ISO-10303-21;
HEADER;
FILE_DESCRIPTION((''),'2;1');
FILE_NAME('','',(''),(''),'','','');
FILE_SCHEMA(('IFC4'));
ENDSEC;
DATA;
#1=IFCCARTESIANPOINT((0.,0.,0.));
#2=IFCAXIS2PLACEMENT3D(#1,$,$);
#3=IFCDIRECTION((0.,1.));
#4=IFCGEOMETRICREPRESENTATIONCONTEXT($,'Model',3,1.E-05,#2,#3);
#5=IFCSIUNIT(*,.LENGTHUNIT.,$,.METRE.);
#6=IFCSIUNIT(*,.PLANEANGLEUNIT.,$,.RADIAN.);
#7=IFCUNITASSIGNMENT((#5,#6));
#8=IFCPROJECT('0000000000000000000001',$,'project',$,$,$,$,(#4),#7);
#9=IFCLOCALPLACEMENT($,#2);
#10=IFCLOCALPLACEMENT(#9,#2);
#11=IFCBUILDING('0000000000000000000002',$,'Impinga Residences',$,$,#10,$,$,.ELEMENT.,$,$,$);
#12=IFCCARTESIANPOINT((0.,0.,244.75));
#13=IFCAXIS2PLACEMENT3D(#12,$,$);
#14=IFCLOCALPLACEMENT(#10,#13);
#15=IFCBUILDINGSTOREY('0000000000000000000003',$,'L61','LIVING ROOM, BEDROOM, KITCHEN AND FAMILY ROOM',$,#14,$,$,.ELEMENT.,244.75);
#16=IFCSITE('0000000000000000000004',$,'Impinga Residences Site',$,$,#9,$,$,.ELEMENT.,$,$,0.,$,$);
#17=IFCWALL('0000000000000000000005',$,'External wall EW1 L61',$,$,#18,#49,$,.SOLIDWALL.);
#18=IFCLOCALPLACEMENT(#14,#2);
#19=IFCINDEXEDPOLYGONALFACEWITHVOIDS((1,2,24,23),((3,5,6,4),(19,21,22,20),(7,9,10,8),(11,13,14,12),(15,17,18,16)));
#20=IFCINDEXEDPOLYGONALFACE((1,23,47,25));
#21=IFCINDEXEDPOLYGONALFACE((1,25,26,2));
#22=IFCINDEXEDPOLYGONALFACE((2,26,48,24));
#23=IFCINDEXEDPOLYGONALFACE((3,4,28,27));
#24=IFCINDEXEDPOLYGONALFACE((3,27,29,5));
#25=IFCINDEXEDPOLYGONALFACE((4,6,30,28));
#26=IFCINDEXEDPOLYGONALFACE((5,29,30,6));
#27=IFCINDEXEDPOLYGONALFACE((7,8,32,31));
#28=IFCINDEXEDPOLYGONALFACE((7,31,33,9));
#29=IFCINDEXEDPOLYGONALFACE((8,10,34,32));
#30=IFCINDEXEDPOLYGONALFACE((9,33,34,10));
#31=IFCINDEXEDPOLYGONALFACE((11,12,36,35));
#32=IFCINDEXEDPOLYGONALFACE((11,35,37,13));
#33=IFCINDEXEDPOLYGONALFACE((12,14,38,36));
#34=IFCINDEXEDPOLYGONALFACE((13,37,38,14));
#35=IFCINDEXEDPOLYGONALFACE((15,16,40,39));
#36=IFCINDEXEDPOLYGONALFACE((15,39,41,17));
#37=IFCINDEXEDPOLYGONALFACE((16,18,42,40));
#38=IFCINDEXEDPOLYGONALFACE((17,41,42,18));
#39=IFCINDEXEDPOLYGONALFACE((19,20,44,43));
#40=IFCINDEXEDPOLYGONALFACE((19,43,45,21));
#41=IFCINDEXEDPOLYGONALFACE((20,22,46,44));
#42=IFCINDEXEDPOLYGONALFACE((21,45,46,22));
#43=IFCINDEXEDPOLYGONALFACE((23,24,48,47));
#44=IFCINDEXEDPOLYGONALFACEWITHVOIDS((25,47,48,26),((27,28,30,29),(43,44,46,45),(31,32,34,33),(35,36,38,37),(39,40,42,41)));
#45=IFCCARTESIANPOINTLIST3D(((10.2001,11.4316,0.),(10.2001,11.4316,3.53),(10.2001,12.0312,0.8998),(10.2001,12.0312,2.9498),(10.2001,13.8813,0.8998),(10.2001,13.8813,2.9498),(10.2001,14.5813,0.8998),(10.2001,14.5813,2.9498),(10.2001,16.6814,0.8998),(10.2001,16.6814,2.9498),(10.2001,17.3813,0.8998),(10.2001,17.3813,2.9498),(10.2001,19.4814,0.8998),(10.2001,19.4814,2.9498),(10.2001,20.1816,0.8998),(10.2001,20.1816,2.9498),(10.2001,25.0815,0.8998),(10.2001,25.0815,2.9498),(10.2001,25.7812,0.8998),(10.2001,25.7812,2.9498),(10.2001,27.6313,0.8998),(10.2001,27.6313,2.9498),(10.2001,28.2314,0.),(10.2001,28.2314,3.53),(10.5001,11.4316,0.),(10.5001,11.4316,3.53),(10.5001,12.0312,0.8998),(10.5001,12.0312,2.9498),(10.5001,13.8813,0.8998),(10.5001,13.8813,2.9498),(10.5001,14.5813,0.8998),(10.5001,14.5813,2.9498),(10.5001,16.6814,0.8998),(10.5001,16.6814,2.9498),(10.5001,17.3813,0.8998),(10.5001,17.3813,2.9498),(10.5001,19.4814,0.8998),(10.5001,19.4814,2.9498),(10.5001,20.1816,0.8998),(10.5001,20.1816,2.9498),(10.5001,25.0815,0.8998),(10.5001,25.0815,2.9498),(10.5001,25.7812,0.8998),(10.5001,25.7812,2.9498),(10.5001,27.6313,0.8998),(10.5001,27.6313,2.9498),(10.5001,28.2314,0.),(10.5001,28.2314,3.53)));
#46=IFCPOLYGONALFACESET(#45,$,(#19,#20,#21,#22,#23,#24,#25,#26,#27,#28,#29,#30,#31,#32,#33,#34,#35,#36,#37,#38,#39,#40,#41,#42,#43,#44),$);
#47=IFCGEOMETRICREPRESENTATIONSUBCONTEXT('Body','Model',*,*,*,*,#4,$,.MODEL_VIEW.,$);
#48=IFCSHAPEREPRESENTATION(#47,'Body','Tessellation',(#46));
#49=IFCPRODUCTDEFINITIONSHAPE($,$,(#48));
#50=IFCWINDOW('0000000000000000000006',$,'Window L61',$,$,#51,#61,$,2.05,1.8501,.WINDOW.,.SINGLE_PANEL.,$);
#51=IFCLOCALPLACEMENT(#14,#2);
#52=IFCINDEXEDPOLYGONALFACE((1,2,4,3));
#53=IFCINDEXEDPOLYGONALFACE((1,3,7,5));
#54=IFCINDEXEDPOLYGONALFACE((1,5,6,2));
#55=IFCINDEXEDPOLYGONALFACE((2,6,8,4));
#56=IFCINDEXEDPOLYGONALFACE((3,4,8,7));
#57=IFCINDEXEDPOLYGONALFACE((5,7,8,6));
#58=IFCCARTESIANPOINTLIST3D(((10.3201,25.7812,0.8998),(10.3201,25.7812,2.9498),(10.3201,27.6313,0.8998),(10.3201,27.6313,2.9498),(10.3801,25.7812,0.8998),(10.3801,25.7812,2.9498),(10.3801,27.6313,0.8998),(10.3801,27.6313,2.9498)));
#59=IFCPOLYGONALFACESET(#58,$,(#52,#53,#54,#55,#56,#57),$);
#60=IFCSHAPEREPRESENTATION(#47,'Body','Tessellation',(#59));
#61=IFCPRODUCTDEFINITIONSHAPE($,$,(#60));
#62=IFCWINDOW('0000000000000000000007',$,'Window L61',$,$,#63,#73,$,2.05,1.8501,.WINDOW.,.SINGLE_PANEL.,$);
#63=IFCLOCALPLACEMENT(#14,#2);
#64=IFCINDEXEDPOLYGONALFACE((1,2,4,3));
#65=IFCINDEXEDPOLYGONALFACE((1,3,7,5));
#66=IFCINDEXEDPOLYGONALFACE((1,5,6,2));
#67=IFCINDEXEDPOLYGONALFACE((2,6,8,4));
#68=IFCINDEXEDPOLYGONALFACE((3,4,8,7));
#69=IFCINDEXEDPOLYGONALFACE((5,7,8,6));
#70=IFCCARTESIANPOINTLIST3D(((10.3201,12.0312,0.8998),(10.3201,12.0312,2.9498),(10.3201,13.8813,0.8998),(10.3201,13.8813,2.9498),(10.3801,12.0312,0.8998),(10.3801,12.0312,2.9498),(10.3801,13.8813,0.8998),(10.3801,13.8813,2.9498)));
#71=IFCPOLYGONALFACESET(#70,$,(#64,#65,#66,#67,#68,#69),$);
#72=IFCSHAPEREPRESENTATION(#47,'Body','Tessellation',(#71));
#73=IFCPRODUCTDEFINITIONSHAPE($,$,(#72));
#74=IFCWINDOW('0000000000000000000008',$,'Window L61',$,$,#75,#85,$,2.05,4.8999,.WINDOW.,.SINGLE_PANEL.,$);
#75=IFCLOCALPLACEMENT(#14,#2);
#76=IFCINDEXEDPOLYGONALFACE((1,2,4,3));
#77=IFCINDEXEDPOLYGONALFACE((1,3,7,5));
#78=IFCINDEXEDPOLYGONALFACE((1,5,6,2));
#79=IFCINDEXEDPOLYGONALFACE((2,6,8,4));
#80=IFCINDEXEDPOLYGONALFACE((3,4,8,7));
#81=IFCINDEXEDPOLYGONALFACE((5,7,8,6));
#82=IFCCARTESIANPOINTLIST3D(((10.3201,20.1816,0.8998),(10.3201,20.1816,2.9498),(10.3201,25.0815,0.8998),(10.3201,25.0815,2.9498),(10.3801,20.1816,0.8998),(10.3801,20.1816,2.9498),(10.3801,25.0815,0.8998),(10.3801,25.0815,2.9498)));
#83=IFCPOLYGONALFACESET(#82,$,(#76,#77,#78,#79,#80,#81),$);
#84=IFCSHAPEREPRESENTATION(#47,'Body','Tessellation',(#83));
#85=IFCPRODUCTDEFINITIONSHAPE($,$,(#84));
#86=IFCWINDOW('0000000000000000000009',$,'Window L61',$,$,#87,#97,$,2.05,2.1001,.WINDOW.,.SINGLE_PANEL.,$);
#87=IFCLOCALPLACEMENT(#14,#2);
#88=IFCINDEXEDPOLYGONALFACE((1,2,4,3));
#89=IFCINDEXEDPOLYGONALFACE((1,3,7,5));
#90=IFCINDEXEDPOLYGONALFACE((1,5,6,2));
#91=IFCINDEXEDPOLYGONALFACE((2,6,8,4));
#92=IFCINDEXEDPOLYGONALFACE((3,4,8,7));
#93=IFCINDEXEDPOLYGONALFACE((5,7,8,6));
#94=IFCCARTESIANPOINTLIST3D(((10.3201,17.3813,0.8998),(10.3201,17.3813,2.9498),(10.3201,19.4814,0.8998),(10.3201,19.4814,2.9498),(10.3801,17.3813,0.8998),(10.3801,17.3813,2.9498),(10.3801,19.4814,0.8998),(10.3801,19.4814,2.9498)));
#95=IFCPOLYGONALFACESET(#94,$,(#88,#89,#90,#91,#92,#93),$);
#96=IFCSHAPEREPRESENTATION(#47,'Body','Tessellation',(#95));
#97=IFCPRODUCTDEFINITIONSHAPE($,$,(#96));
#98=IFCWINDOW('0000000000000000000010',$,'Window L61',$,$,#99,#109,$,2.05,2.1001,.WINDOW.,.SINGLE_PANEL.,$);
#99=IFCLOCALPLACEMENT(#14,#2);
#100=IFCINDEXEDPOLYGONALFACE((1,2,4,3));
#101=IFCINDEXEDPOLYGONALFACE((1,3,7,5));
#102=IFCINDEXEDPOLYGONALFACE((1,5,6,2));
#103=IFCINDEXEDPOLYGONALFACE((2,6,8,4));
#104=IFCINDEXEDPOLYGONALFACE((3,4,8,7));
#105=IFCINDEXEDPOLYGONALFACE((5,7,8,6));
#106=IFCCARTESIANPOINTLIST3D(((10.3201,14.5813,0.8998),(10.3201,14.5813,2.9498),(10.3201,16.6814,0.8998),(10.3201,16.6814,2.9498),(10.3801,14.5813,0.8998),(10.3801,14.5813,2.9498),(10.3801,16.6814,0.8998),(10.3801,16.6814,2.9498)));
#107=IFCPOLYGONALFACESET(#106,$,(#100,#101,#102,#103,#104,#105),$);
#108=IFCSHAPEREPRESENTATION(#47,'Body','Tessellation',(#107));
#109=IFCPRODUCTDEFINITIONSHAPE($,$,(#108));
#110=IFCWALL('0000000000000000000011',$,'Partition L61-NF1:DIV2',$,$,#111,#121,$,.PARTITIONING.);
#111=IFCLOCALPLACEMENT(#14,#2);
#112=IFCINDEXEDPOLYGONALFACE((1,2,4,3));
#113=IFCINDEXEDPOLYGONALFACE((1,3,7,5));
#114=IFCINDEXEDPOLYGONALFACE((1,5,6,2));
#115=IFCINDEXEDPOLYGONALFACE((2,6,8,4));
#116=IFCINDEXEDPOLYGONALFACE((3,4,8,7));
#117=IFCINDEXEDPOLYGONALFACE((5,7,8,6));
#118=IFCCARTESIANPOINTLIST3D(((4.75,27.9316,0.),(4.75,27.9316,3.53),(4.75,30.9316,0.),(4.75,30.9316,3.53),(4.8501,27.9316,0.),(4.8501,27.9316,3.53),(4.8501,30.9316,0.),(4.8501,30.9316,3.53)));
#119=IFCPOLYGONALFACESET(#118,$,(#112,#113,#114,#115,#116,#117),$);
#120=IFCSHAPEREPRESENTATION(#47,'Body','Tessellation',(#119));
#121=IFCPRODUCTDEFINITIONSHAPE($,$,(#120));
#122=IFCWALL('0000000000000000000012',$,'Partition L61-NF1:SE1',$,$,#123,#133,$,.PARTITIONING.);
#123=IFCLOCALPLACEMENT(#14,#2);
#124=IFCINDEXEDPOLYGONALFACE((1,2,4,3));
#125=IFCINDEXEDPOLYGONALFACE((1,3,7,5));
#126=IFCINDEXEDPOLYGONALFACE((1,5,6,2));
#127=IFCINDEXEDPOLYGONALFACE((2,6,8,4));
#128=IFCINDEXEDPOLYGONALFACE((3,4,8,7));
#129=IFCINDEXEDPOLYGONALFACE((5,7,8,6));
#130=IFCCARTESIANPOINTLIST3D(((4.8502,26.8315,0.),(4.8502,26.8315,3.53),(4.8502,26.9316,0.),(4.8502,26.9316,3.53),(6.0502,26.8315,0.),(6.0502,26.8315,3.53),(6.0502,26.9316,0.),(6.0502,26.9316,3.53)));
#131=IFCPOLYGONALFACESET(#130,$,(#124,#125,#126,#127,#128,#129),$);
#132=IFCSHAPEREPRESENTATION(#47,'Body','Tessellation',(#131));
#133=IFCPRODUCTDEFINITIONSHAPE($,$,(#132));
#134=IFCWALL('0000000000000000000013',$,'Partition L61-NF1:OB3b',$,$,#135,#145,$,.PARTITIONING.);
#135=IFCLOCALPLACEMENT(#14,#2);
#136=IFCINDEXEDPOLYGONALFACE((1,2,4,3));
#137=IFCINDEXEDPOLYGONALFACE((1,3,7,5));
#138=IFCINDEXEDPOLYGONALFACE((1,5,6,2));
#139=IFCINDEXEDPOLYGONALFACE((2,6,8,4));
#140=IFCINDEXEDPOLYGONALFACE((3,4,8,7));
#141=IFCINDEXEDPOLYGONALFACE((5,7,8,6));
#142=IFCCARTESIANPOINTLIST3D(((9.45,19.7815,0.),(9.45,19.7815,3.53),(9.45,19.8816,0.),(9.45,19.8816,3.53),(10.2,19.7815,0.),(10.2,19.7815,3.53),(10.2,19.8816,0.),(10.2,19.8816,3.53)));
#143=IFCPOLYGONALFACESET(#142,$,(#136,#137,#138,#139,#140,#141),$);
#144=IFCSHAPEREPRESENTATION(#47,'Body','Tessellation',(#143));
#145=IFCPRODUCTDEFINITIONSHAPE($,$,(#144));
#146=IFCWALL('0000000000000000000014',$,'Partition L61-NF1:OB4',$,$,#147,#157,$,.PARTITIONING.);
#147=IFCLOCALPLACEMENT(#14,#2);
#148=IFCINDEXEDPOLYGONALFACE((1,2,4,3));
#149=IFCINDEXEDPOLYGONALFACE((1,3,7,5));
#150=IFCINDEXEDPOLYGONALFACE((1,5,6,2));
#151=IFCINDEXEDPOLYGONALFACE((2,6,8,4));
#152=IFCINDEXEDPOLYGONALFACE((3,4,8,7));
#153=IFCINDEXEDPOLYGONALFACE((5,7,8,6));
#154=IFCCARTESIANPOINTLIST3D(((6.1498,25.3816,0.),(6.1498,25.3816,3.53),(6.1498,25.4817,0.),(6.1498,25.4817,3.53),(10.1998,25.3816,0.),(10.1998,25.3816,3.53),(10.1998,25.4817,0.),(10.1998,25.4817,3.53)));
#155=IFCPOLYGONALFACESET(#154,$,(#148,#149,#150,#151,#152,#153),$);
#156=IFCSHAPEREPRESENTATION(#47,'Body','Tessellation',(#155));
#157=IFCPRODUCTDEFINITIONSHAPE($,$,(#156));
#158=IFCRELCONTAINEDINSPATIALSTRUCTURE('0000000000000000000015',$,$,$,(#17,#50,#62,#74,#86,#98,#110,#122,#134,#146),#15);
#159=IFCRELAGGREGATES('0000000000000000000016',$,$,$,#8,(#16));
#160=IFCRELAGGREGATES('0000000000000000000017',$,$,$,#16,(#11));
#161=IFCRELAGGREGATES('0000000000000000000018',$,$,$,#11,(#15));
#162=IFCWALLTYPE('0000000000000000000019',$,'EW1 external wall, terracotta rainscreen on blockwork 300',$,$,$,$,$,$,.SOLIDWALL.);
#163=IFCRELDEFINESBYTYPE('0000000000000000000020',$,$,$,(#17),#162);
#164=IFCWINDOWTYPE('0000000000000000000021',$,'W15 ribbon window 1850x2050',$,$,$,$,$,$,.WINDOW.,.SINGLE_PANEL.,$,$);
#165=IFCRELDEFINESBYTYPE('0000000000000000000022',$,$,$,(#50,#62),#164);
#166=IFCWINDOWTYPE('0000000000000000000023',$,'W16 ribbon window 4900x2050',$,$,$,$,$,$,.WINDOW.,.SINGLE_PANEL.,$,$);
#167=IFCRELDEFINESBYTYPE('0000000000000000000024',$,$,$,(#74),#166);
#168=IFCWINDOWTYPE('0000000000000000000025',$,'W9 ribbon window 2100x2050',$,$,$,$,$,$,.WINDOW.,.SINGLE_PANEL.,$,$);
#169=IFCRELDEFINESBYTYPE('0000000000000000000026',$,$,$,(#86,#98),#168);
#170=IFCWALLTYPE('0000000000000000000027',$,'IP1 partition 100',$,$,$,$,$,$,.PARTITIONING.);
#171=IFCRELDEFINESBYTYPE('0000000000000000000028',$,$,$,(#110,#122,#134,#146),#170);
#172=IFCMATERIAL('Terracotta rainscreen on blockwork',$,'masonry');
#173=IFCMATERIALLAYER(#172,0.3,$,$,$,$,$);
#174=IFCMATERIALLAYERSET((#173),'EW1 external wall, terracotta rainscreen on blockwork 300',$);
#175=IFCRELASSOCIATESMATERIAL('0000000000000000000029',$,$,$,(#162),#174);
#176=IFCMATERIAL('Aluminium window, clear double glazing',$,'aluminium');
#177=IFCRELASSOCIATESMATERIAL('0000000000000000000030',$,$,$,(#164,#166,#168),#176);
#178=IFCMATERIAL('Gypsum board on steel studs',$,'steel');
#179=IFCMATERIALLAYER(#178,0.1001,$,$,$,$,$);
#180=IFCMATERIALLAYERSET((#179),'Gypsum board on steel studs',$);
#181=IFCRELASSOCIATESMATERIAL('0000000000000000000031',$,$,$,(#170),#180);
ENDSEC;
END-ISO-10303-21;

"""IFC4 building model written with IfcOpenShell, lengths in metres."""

from ifc_helpers import new_model, si_unit, direction, frame, frame_2d, origin, place, context, subcontext, project, spatial, rectangle, extrude, material, layer, layer_set, type_object, element, fill, save


model = new_model("IFC4")

# Units and contexts
model_context = context("Model", 3, precision=1e-05, world=origin(), true_north=direction((0.0, 1.0)))
body_context = subcontext(model_context, "Body", "Model", "MODEL_VIEW")
ifc_project = project(units=[si_unit("LENGTHUNIT", "METRE"), si_unit("PLANEANGLEUNIT", "RADIAN")], contexts=[model_context])

# Site, building, storey
site_placement = place(None, origin())
site = spatial("IfcSite", under=ifc_project, at=site_placement, Name="Impinga Residences Site", CompositionType="ELEMENT", RefElevation=0.0)
building_placement = place(site_placement, origin())
building = spatial("IfcBuilding", under=site, at=building_placement, Name="Impinga Residences", CompositionType="ELEMENT")
storey_placement = place(building_placement, frame((0.0, 0.0, 244.75)))
storey = spatial("IfcBuildingStorey", under=building, at=storey_placement, Name="L61", Description="LIVING ROOM, BEDROOM, KITCHEN AND FAMILY ROOM", CompositionType="ELEMENT", Elevation=244.75)

# Shared definitions
ifc_material_1 = material(Name="Terracotta rainscreen on blockwork", Category="masonry")
ifc_layer_1 = layer(ifc_material_1, 0.3)
ifc_layer_set_1 = layer_set([ifc_layer_1], Name="EW1 external wall, terracotta rainscreen on blockwork 300")
wall_type_1 = type_object("IfcWallType", Name="EW1 external wall, terracotta rainscreen on blockwork 300", PredefinedType="SOLIDWALL", material=ifc_layer_set_1)

# Wall, openings, windows
wall_1_placement = place(storey_placement, frame((10.3501, 28.2314, 0.0), z_axis=(0.0, 0.0, 1.0), x_axis=(0.0, -1.0, 0.0)))
wall_1 = element("IfcWall", 1, at=wall_1_placement, inside=storey, type_object=wall_type_1, Name="External wall EW1 L61", PredefinedType="SOLIDWALL", context=body_context, shape_type="SweptSolid", body=[
    extrude(rectangle(XDim=16.7998, YDim=0.3, at=frame_2d((8.3999, 0.0))), origin(), (0.0, 0.0, 1.0), 3.53),
])
opening_1_placement = place(wall_1_placement, frame((0.6001, 0.0, 0.8999)))
opening_1 = element("IfcOpeningElement", 2, at=opening_1_placement, cuts=wall_1, PredefinedType="OPENING", context=body_context, shape_type="SweptSolid", body=[
    extrude(rectangle(XDim=1.8501, YDim=2.05, at=frame_2d((0.925, 1.0249))), frame((0.0, 0.1599, 0.0), z_axis=(0.0, -1.0, 0.0), x_axis=(1.0, 0.0, 0.0)), (0.0, 0.0, 1.0), 0.3201),
])
opening_2_placement = place(wall_1_placement, frame((3.1499, 0.0, 0.8999)))
opening_2 = element("IfcOpeningElement", 3, at=opening_2_placement, cuts=wall_1, PredefinedType="OPENING", context=body_context, shape_type="SweptSolid", body=[
    extrude(rectangle(XDim=4.8999, YDim=2.05, at=frame_2d((2.45, 1.0249))), frame((0.0, 0.1599, 0.0), z_axis=(0.0, -1.0, 0.0), x_axis=(1.0, 0.0, 0.0)), (0.0, 0.0, 1.0), 0.3201),
])
opening_3_placement = place(wall_1_placement, frame((8.75, 0.0, 0.8999)))
opening_3 = element("IfcOpeningElement", 4, at=opening_3_placement, cuts=wall_1, PredefinedType="OPENING", context=body_context, shape_type="SweptSolid", body=[
    extrude(rectangle(XDim=2.1001, YDim=2.05, at=frame_2d((1.05, 1.0249))), frame((0.0, 0.1599, 0.0), z_axis=(0.0, -1.0, 0.0), x_axis=(1.0, 0.0, 0.0)), (0.0, 0.0, 1.0), 0.3201),
])
opening_4_placement = place(wall_1_placement, frame((11.55, 0.0, 0.8999)))
opening_4 = element("IfcOpeningElement", 5, at=opening_4_placement, cuts=wall_1, PredefinedType="OPENING", context=body_context, shape_type="SweptSolid", body=[
    extrude(rectangle(XDim=2.1001, YDim=2.05, at=frame_2d((1.05, 1.0249))), frame((0.0, 0.1599, 0.0), z_axis=(0.0, -1.0, 0.0), x_axis=(1.0, 0.0, 0.0)), (0.0, 0.0, 1.0), 0.3201),
])
opening_5_placement = place(wall_1_placement, frame((14.3501, 0.0, 0.8999)))
opening_5 = element("IfcOpeningElement", 6, at=opening_5_placement, cuts=wall_1, PredefinedType="OPENING", context=body_context, shape_type="SweptSolid", body=[
    extrude(rectangle(XDim=1.8501, YDim=2.05, at=frame_2d((0.925, 1.0249))), frame((0.0, 0.1599, 0.0), z_axis=(0.0, -1.0, 0.0), x_axis=(1.0, 0.0, 0.0)), (0.0, 0.0, 1.0), 0.3201),
])
ifc_material_2 = material(Name="Aluminium window, clear double glazing", Category="aluminium")
window_type_1 = type_object("IfcWindowType", Name="W15 ribbon window 1850x2050", PartitioningType="SINGLE_PANEL", PredefinedType="WINDOW", material=ifc_material_2)
window_1_placement = place(opening_1_placement, origin())
window_1 = element("IfcWindow", 7, at=window_1_placement, inside=storey, type_object=window_type_1, Name="Window L61", OverallHeight=2.05, OverallWidth=1.8501, PartitioningType="SINGLE_PANEL", PredefinedType="WINDOW", context=body_context, shape_type="SweptSolid", body=[
    extrude(rectangle(XDim=1.8501, YDim=2.05, at=frame_2d((0.925, 1.0249))), frame((0.0, 0.03, 0.0), z_axis=(0.0, -1.0, 0.0), x_axis=(1.0, 0.0, 0.0)), (0.0, 0.0, 1.0), 0.0601),
])
fill(opening_1, window_1)
window_2_placement = place(opening_5_placement, origin())
window_2 = element("IfcWindow", 8, at=window_2_placement, inside=storey, type_object=window_type_1, Name="Window L61", OverallHeight=2.05, OverallWidth=1.8501, PartitioningType="SINGLE_PANEL", PredefinedType="WINDOW", context=body_context, shape_type="SweptSolid", body=[
    extrude(rectangle(XDim=1.8501, YDim=2.05, at=frame_2d((0.925, 1.0249))), frame((0.0, 0.03, 0.0), z_axis=(0.0, -1.0, 0.0), x_axis=(1.0, 0.0, 0.0)), (0.0, 0.0, 1.0), 0.0601),
])
fill(opening_5, window_2)
window_type_2 = type_object("IfcWindowType", Name="W16 ribbon window 4900x2050", PartitioningType="SINGLE_PANEL", PredefinedType="WINDOW", material=ifc_material_2)
window_3_placement = place(opening_2_placement, origin())
window_3 = element("IfcWindow", 9, at=window_3_placement, inside=storey, type_object=window_type_2, Name="Window L61", OverallHeight=2.05, OverallWidth=4.8999, PartitioningType="SINGLE_PANEL", PredefinedType="WINDOW", context=body_context, shape_type="SweptSolid", body=[
    extrude(rectangle(XDim=4.8999, YDim=2.05, at=frame_2d((2.45, 1.0249))), frame((0.0, 0.03, 0.0), z_axis=(0.0, -1.0, 0.0), x_axis=(1.0, 0.0, 0.0)), (0.0, 0.0, 1.0), 0.0601),
])
fill(opening_2, window_3)
window_type_3 = type_object("IfcWindowType", Name="W9 ribbon window 2100x2050", PartitioningType="SINGLE_PANEL", PredefinedType="WINDOW", material=ifc_material_2)
window_4_placement = place(opening_3_placement, origin())
window_4 = element("IfcWindow", 10, at=window_4_placement, inside=storey, type_object=window_type_3, Name="Window L61", OverallHeight=2.05, OverallWidth=2.1001, PartitioningType="SINGLE_PANEL", PredefinedType="WINDOW", context=body_context, shape_type="SweptSolid", body=[
    extrude(rectangle(XDim=2.1001, YDim=2.05, at=frame_2d((1.05, 1.0249))), frame((0.0, 0.03, 0.0), z_axis=(0.0, -1.0, 0.0), x_axis=(1.0, 0.0, 0.0)), (0.0, 0.0, 1.0), 0.0601),
])
fill(opening_3, window_4)
window_5_placement = place(opening_4_placement, origin())
window_5 = element("IfcWindow", 11, at=window_5_placement, inside=storey, type_object=window_type_3, Name="Window L61", OverallHeight=2.05, OverallWidth=2.1001, PartitioningType="SINGLE_PANEL", PredefinedType="WINDOW", context=body_context, shape_type="SweptSolid", body=[
    extrude(rectangle(XDim=2.1001, YDim=2.05, at=frame_2d((1.05, 1.0249))), frame((0.0, 0.03, 0.0), z_axis=(0.0, -1.0, 0.0), x_axis=(1.0, 0.0, 0.0)), (0.0, 0.0, 1.0), 0.0601),
])
fill(opening_4, window_5)

# Walls
ifc_material_3 = material(Name="Gypsum board on steel studs", Category="steel")
ifc_layer_2 = layer(ifc_material_3, 0.1001)
ifc_layer_set_2 = layer_set([ifc_layer_2], Name="Gypsum board on steel studs")
wall_type_2 = type_object("IfcWallType", Name="IP1 partition 100", PredefinedType="PARTITIONING", material=ifc_layer_set_2)
wall_2_placement = place(storey_placement, frame((4.8, 27.9316, 0.0), z_axis=(0.0, 0.0, 1.0), x_axis=(0.0, 1.0, 0.0)))
element("IfcWall", 12, at=wall_2_placement, inside=storey, type_object=wall_type_2, Name="Partition L61-NF1:DIV2", PredefinedType="PARTITIONING", context=body_context, shape_type="SweptSolid", body=[
    extrude(rectangle(XDim=3.0, YDim=0.1001, at=frame_2d((1.5, 0.0))), origin(), (0.0, 0.0, 1.0), 3.53),
])
wall_3_placement = place(storey_placement, frame((4.8501, 26.8816, 0.0), z_axis=(0.0, 0.0, 1.0), x_axis=(1.0, 0.0, 0.0)))
element("IfcWall", 13, at=wall_3_placement, inside=storey, type_object=wall_type_2, Name="Partition L61-NF1:SE1", PredefinedType="PARTITIONING", context=body_context, shape_type="SweptSolid", body=[
    extrude(rectangle(XDim=1.2, YDim=0.1001, at=frame_2d((0.6001, 0.0))), origin(), (0.0, 0.0, 1.0), 3.53),
])
wall_4_placement = place(storey_placement, frame((9.45, 19.8315, 0.0), z_axis=(0.0, 0.0, 1.0), x_axis=(1.0, 0.0, 0.0)))
element("IfcWall", 14, at=wall_4_placement, inside=storey, type_object=wall_type_2, Name="Partition L61-NF1:OB3b", PredefinedType="PARTITIONING", context=body_context, shape_type="SweptSolid", body=[
    extrude(rectangle(XDim=0.75, YDim=0.1001, at=frame_2d((0.375, 0.0))), origin(), (0.0, 0.0, 1.0), 3.53),
])
wall_5_placement = place(storey_placement, frame((6.1499, 25.4316, 0.0), z_axis=(0.0, 0.0, 1.0), x_axis=(1.0, 0.0, 0.0)))
element("IfcWall", 15, at=wall_5_placement, inside=storey, type_object=wall_type_2, Name="Partition L61-NF1:OB4", PredefinedType="PARTITIONING", context=body_context, shape_type="SweptSolid", body=[
    extrude(rectangle(XDim=4.05, YDim=0.1001, at=frame_2d((2.0249, 0.0))), origin(), (0.0, 0.0, 1.0), 3.53),
])

save(model, "model.ifc")
